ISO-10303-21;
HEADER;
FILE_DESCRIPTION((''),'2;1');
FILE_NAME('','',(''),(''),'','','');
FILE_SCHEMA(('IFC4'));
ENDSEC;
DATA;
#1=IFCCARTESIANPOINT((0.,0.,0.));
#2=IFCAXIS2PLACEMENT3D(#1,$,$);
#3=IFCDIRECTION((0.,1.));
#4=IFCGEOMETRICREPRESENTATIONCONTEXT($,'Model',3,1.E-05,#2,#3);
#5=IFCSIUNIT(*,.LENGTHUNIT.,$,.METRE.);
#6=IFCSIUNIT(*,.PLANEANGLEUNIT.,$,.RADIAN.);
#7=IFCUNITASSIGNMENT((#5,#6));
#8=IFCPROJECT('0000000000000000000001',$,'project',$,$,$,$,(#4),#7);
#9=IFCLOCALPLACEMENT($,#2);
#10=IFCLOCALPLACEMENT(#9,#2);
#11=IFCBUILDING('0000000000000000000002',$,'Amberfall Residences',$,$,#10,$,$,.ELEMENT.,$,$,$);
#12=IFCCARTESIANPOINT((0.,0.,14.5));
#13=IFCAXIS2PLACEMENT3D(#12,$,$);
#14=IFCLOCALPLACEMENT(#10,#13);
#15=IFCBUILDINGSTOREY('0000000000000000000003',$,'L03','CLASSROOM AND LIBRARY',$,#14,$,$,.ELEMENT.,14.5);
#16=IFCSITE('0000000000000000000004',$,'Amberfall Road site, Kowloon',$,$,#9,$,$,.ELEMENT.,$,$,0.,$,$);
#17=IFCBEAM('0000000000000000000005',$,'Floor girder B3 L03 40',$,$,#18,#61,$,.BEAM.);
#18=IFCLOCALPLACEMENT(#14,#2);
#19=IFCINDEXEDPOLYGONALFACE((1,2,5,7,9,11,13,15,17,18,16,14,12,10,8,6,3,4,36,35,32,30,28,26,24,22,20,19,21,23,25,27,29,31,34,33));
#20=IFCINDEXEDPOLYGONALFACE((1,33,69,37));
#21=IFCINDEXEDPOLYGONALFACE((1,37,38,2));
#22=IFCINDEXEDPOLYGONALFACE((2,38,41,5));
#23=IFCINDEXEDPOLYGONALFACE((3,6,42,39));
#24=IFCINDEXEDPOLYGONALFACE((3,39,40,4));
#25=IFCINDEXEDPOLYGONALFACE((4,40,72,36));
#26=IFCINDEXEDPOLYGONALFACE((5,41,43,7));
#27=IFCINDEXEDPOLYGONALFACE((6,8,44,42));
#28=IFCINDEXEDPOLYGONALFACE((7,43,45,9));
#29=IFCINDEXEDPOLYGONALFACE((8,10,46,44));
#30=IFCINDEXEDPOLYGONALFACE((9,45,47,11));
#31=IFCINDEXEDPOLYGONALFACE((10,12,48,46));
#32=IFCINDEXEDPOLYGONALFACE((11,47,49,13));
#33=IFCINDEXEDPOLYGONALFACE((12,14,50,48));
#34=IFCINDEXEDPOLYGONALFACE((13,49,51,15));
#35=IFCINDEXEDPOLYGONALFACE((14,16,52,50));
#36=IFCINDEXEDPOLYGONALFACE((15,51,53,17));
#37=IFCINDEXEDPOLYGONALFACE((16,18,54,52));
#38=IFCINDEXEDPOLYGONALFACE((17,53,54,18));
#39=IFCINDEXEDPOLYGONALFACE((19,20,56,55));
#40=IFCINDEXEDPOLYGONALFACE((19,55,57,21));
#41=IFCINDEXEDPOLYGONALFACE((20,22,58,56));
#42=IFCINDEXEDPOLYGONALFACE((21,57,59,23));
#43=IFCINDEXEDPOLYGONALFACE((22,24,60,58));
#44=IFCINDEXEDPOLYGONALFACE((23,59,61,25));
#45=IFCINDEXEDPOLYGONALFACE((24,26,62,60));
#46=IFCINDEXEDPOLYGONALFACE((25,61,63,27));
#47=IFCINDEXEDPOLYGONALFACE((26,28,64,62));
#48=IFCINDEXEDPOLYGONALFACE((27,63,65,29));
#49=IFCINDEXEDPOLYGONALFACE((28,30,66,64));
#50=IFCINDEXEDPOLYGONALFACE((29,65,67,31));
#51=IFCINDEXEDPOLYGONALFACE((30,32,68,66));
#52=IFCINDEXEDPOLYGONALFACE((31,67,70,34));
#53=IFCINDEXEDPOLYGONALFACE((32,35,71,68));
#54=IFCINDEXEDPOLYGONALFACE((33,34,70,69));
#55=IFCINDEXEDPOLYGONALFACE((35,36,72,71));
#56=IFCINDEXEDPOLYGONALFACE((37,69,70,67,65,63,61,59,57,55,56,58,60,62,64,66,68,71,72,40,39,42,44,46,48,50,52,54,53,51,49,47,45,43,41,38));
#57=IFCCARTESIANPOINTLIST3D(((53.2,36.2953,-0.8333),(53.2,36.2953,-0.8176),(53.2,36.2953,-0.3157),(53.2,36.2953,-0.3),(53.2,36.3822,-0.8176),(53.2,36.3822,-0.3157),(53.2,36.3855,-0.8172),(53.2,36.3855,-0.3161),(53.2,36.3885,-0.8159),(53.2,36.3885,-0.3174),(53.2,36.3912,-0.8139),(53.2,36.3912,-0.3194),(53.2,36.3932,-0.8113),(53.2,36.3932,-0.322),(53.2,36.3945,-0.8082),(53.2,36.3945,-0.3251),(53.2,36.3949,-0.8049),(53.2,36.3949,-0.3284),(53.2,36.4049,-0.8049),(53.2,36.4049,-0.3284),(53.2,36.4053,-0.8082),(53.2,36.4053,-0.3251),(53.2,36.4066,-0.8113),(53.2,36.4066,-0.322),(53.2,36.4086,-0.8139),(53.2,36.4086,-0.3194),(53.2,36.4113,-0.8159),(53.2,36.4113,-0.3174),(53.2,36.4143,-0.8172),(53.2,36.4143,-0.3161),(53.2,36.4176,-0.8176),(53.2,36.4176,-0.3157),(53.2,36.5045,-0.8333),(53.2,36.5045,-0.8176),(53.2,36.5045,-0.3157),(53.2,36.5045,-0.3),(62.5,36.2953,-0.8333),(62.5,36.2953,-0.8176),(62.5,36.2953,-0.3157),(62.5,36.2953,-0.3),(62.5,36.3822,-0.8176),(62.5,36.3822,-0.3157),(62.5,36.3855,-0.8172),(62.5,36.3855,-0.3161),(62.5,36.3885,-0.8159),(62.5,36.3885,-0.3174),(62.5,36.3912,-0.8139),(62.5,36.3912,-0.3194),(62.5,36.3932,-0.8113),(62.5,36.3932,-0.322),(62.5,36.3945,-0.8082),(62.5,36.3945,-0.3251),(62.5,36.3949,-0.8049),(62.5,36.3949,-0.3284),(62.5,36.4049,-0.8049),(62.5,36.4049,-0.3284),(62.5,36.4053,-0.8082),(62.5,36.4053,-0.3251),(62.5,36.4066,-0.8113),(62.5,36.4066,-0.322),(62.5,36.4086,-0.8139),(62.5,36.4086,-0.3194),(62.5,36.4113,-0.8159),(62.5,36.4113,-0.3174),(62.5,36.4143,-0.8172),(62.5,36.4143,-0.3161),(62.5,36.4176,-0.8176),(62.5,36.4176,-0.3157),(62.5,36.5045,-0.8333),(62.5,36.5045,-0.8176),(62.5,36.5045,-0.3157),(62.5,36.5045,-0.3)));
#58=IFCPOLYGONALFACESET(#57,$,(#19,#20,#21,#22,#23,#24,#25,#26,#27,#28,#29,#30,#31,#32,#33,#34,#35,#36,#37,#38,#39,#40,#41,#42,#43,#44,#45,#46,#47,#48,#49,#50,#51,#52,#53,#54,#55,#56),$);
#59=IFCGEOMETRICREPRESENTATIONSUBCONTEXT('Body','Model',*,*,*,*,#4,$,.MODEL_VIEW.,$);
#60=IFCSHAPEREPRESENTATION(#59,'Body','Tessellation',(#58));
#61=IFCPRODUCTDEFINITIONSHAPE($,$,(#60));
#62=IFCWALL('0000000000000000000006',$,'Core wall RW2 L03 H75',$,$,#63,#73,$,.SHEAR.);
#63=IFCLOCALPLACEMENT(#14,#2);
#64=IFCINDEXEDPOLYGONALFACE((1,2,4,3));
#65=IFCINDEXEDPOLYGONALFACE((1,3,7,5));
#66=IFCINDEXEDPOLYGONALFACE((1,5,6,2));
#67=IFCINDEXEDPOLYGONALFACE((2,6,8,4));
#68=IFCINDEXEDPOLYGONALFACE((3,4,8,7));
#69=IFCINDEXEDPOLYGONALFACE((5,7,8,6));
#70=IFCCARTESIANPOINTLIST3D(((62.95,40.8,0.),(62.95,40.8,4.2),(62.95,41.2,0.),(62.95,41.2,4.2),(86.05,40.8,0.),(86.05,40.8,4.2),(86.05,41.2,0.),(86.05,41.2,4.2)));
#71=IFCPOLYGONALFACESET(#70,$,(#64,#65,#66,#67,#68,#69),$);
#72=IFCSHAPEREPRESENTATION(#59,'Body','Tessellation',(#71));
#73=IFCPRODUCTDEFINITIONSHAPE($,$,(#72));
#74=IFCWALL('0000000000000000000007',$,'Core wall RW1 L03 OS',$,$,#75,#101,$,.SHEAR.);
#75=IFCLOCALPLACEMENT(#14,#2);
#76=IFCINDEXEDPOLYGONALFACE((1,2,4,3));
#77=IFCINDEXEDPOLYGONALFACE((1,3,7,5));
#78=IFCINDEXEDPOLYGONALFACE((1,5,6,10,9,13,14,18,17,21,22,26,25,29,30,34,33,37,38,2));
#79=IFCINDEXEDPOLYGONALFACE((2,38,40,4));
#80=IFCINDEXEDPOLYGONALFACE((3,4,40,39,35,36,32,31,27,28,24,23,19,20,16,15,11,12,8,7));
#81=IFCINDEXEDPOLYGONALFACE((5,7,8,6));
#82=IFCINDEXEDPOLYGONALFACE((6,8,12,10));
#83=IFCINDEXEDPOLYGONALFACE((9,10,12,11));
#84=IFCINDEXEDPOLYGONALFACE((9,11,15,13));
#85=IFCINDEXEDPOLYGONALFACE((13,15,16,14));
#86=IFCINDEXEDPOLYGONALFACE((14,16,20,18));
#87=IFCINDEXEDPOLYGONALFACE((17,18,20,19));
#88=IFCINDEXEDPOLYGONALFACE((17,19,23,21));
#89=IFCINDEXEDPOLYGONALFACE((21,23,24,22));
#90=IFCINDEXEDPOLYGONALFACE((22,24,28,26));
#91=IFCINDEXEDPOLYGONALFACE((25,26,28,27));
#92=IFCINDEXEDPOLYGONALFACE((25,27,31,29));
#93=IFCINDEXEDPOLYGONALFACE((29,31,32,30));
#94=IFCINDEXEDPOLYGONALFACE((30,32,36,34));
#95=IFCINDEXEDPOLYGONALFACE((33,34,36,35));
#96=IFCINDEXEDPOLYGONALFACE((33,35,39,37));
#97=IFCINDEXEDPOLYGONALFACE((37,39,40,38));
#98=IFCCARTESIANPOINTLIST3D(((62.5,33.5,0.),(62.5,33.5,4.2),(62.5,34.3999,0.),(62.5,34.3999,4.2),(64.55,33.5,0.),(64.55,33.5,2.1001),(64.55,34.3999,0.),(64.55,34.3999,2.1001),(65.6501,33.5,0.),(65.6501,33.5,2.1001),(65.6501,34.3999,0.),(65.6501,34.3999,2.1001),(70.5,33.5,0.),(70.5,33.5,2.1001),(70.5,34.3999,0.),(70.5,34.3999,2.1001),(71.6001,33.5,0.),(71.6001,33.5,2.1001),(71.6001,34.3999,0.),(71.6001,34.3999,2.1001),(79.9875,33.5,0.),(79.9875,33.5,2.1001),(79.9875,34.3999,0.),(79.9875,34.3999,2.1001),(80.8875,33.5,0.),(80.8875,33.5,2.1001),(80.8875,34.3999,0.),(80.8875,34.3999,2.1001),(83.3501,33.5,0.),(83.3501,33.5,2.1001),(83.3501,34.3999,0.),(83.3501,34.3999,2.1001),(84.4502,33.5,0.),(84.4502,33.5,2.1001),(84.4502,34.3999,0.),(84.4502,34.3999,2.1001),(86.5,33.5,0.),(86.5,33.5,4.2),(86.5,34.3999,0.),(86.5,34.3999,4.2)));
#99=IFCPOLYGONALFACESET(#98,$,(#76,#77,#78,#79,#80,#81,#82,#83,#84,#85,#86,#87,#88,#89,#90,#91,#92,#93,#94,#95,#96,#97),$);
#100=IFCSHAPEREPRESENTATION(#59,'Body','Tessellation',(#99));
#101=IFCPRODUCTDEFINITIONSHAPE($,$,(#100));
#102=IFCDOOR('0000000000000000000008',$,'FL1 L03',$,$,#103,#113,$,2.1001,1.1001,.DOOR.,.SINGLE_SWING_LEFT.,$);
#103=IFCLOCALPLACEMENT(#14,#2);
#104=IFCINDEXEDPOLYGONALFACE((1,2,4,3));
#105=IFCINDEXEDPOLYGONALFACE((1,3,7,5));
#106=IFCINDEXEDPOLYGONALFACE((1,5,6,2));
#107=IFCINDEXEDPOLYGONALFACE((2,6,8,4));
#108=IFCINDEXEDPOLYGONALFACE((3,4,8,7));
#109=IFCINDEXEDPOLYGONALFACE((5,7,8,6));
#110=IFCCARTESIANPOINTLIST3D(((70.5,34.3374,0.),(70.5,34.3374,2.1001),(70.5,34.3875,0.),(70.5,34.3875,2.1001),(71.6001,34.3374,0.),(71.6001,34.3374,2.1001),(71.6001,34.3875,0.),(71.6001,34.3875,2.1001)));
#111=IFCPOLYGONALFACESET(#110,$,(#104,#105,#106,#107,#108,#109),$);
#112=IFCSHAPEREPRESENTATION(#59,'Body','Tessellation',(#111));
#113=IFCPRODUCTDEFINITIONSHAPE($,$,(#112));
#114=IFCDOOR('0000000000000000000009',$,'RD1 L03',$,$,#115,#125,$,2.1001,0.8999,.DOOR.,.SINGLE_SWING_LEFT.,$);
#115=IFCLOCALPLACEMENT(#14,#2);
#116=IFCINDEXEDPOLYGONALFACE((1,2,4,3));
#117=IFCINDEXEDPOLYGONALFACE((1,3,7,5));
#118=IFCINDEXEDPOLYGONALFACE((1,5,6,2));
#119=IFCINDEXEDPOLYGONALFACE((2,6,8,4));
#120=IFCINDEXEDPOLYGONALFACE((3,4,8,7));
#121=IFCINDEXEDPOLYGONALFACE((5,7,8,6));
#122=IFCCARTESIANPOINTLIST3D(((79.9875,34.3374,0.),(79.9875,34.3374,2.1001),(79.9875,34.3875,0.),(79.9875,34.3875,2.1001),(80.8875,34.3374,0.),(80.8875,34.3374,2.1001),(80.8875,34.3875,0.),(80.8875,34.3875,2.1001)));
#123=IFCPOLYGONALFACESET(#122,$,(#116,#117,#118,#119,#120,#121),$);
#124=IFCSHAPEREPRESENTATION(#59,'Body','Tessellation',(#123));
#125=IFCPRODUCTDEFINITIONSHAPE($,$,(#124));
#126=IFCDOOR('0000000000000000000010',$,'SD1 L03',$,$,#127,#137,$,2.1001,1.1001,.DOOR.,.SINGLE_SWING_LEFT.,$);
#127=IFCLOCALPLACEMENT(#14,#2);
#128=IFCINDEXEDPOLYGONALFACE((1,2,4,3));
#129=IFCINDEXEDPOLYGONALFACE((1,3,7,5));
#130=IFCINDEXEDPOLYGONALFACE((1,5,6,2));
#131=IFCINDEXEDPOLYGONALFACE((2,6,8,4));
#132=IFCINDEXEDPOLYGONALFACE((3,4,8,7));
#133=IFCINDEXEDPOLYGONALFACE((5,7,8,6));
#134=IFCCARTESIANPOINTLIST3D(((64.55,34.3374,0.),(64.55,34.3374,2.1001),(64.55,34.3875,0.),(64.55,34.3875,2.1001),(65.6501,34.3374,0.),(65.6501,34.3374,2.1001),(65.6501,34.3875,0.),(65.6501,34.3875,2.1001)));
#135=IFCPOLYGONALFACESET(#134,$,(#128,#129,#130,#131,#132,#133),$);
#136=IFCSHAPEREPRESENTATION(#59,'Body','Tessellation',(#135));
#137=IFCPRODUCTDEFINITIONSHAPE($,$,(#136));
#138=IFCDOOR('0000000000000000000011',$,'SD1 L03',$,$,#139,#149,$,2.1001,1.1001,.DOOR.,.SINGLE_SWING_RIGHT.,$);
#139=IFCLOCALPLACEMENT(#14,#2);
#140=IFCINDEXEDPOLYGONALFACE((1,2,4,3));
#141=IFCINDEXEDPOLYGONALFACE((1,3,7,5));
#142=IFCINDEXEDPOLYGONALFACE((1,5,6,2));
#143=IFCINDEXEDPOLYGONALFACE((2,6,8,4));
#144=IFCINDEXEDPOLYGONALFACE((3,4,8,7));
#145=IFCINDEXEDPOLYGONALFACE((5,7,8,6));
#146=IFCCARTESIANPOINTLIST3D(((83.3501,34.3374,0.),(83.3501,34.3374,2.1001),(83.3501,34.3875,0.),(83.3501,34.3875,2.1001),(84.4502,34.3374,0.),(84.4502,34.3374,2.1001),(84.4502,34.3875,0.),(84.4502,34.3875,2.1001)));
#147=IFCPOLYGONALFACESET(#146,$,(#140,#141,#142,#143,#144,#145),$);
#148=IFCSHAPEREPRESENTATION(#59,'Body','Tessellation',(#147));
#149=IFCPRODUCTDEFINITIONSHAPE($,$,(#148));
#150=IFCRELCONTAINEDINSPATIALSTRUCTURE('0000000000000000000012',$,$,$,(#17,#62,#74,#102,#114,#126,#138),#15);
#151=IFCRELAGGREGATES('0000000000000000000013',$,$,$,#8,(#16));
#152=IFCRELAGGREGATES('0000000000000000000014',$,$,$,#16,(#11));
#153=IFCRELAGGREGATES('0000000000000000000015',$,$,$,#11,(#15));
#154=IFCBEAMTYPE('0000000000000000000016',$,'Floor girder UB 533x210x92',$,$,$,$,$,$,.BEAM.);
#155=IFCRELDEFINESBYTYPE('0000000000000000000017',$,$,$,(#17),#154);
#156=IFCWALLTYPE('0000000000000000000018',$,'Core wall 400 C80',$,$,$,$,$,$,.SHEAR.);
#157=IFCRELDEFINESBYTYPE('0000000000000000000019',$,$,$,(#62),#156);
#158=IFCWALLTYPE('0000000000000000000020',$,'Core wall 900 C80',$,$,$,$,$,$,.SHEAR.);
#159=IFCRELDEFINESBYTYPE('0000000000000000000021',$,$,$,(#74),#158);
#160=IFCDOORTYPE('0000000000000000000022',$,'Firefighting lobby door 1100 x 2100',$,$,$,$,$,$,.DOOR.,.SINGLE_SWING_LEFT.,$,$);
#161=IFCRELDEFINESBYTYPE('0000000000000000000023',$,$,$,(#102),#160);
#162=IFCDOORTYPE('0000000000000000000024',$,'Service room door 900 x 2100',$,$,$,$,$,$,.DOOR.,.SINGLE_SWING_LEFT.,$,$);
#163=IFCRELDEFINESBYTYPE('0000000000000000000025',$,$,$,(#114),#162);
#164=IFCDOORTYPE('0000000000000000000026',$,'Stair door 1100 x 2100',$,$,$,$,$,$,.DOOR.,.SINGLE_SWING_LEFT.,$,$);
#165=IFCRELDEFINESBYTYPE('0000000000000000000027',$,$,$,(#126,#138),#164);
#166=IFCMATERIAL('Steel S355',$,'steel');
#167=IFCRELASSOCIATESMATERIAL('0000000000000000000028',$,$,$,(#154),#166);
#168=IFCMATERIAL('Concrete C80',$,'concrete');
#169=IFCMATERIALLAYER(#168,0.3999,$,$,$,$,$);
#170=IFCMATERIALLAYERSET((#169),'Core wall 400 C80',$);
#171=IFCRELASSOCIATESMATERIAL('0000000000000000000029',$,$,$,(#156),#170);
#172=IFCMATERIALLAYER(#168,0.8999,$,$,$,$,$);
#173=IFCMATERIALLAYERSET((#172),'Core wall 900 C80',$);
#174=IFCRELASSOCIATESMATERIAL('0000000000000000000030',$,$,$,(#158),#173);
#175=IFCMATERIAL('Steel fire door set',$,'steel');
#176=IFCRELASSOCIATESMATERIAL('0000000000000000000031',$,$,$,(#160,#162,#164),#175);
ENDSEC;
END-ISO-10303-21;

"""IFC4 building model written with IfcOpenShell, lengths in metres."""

from ifc_helpers import new_model, si_unit, direction, frame, frame_2d, origin, origin_2d, place, context, subcontext, project, spatial, rectangle, i_section, extrude, material, layer, layer_set, material_profile, profile_set, type_object, element, fill, save


model = new_model("IFC4")

# Units and contexts
model_context = context("Model", 3, precision=1e-05, world=origin(), true_north=direction((0.0, 1.0)))
body_context = subcontext(model_context, "Body", "Model", "MODEL_VIEW")
ifc_project = project(units=[si_unit("LENGTHUNIT", "METRE"), si_unit("PLANEANGLEUNIT", "RADIAN")], contexts=[model_context])

# Site, building, storey
site_placement = place(None, origin())
site = spatial("IfcSite", under=ifc_project, at=site_placement, Name="Amberfall Road site, Kowloon", CompositionType="ELEMENT", RefElevation=0.0)
building_placement = place(site_placement, origin())
building = spatial("IfcBuilding", under=site, at=building_placement, Name="Amberfall Residences", CompositionType="ELEMENT")
storey_placement = place(building_placement, frame((0.0, 0.0, 14.5)))
storey = spatial("IfcBuildingStorey", under=building, at=storey_placement, Name="L03", Description="CLASSROOM AND LIBRARY", CompositionType="ELEMENT", Elevation=14.5)

# Shared definitions
ifc_material_1 = material(Name="Concrete C80", Category="concrete")

# Beam
ifc_material_2 = material(Name="Steel S355", Category="steel")
ifc_material_profile_1 = material_profile(ifc_material_2, i_section(OverallWidth=0.2092, OverallDepth=0.5332, WebThickness=0.01, FlangeThickness=0.0156, FilletRadius=0.0127, at=origin_2d()), Name="UB 533x210x92")
ifc_profile_set_1 = profile_set([ifc_material_profile_1], Name="Steel S355")
beam_type_1 = type_object("IfcBeamType", Name="Floor girder UB 533x210x92", PredefinedType="BEAM", material=ifc_profile_set_1)
beam_1_placement = place(storey_placement, frame((53.2, 36.3999, -0.5667), z_axis=(1.0, 0.0, 0.0), x_axis=(0.0, 1.0, 0.0)))
element("IfcBeam", 1, at=beam_1_placement, inside=storey, type_object=beam_type_1, Name="Floor girder B3 L03 40", PredefinedType="BEAM", context=body_context, shape_type="SweptSolid", body=[
    extrude(i_section(OverallWidth=0.2092, OverallDepth=0.5332, WebThickness=0.01, FlangeThickness=0.0156, FilletRadius=0.0127, at=origin_2d()), origin(), (0.0, 0.0, 1.0), 9.3),
])

# Wall
ifc_layer_1 = layer(ifc_material_1, 0.3999)
ifc_layer_set_1 = layer_set([ifc_layer_1], Name="Core wall 400 C80")
wall_type_1 = type_object("IfcWallType", Name="Core wall 400 C80", PredefinedType="SHEAR", material=ifc_layer_set_1)
wall_1_placement = place(storey_placement, frame((62.95, 41.0, 0.0), z_axis=(0.0, 0.0, 1.0), x_axis=(1.0, 0.0, 0.0)))
element("IfcWall", 2, at=wall_1_placement, inside=storey, type_object=wall_type_1, Name="Core wall RW2 L03 H75", PredefinedType="SHEAR", context=body_context, shape_type="SweptSolid", body=[
    extrude(rectangle(XDim=23.1001, YDim=0.3999, at=frame_2d((11.55, 0.0))), origin(), (0.0, 0.0, 1.0), 4.2),
])

# Wall, openings, doors
ifc_layer_2 = layer(ifc_material_1, 0.8999)
ifc_layer_set_2 = layer_set([ifc_layer_2], Name="Core wall 900 C80")
wall_type_2 = type_object("IfcWallType", Name="Core wall 900 C80", PredefinedType="SHEAR", material=ifc_layer_set_2)
wall_2_placement = place(storey_placement, frame((62.5, 33.95, 0.0), z_axis=(0.0, 0.0, 1.0), x_axis=(1.0, 0.0, 0.0)))
wall_2 = element("IfcWall", 3, at=wall_2_placement, inside=storey, type_object=wall_type_2, Name="Core wall RW1 L03 OS", PredefinedType="SHEAR", context=body_context, shape_type="SweptSolid", body=[
    extrude(rectangle(XDim=24.0, YDim=0.8999, at=frame_2d((12.0, 0.0))), origin(), (0.0, 0.0, 1.0), 4.2),
])
opening_1_placement = place(wall_2_placement, frame((2.05, 0.0, 0.0)))
opening_1 = element("IfcOpeningElement", 4, at=opening_1_placement, cuts=wall_2, PredefinedType="OPENING", context=body_context, shape_type="SweptSolid", body=[
    extrude(rectangle(XDim=1.1001, YDim=2.1001, at=frame_2d((0.55, 1.05))), frame((0.0, 0.46, 0.0), z_axis=(0.0, -1.0, 0.0), x_axis=(1.0, 0.0, 0.0)), (0.0, 0.0, 1.0), 0.9199),
])
opening_2_placement = place(wall_2_placement, frame((20.8501, 0.0, 0.0)))
opening_2 = element("IfcOpeningElement", 5, at=opening_2_placement, cuts=wall_2, PredefinedType="OPENING", context=body_context, shape_type="SweptSolid", body=[
    extrude(rectangle(XDim=1.1001, YDim=2.1001, at=frame_2d((0.55, 1.05))), frame((0.0, 0.46, 0.0), z_axis=(0.0, -1.0, 0.0), x_axis=(1.0, 0.0, 0.0)), (0.0, 0.0, 1.0), 0.9199),
])
opening_3_placement = place(wall_2_placement, frame((8.0, 0.0, 0.0)))
opening_3 = element("IfcOpeningElement", 6, at=opening_3_placement, cuts=wall_2, PredefinedType="OPENING", context=body_context, shape_type="SweptSolid", body=[
    extrude(rectangle(XDim=1.1001, YDim=2.1001, at=frame_2d((0.55, 1.05))), frame((0.0, 0.46, 0.0), z_axis=(0.0, -1.0, 0.0), x_axis=(1.0, 0.0, 0.0)), (0.0, 0.0, 1.0), 0.9199),
])
opening_4_placement = place(wall_2_placement, frame((17.4875, 0.0, 0.0)))
opening_4 = element("IfcOpeningElement", 7, at=opening_4_placement, cuts=wall_2, PredefinedType="OPENING", context=body_context, shape_type="SweptSolid", body=[
    extrude(rectangle(XDim=0.8999, YDim=2.1001, at=frame_2d((0.45, 1.05))), frame((0.0, 0.46, 0.0), z_axis=(0.0, -1.0, 0.0), x_axis=(1.0, 0.0, 0.0)), (0.0, 0.0, 1.0), 0.9199),
])
ifc_material_3 = material(Name="Steel fire door set", Category="steel")
door_type_1 = type_object("IfcDoorType", Name="Firefighting lobby door 1100 x 2100", OperationType="SINGLE_SWING_LEFT", PredefinedType="DOOR", material=ifc_material_3)
door_1_placement = place(opening_3_placement, origin())
door_1 = element("IfcDoor", 8, at=door_1_placement, inside=storey, type_object=door_type_1, Name="FL1 L03", OperationType="SINGLE_SWING_LEFT", OverallHeight=2.1001, OverallWidth=1.1001, PredefinedType="DOOR", context=body_context, shape_type="SweptSolid", body=[
    extrude(rectangle(XDim=1.1001, YDim=2.1001, at=frame_2d((0.55, 1.05))), frame((0.0, 0.4375, 0.0), z_axis=(0.0, -1.0, 0.0), x_axis=(1.0, 0.0, 0.0)), (0.0, 0.0, 1.0), 0.05),
])
fill(opening_3, door_1)
door_type_2 = type_object("IfcDoorType", Name="Service room door 900 x 2100", OperationType="SINGLE_SWING_LEFT", PredefinedType="DOOR", material=ifc_material_3)
door_2_placement = place(opening_4_placement, origin())
door_2 = element("IfcDoor", 9, at=door_2_placement, inside=storey, type_object=door_type_2, Name="RD1 L03", OperationType="SINGLE_SWING_LEFT", OverallHeight=2.1001, OverallWidth=0.8999, PredefinedType="DOOR", context=body_context, shape_type="SweptSolid", body=[
    extrude(rectangle(XDim=0.8999, YDim=2.1001, at=frame_2d((0.45, 1.05))), frame((0.0, 0.4375, 0.0), z_axis=(0.0, -1.0, 0.0), x_axis=(1.0, 0.0, 0.0)), (0.0, 0.0, 1.0), 0.05),
])
fill(opening_4, door_2)
door_type_3 = type_object("IfcDoorType", Name="Stair door 1100 x 2100", OperationType="SINGLE_SWING_LEFT", PredefinedType="DOOR", material=ifc_material_3)
door_3_placement = place(opening_1_placement, origin())
door_3 = element("IfcDoor", 10, at=door_3_placement, inside=storey, type_object=door_type_3, Name="SD1 L03", OperationType="SINGLE_SWING_LEFT", OverallHeight=2.1001, OverallWidth=1.1001, PredefinedType="DOOR", context=body_context, shape_type="SweptSolid", body=[
    extrude(rectangle(XDim=1.1001, YDim=2.1001, at=frame_2d((0.55, 1.05))), frame((0.0, 0.4375, 0.0), z_axis=(0.0, -1.0, 0.0), x_axis=(1.0, 0.0, 0.0)), (0.0, 0.0, 1.0), 0.05),
])
fill(opening_1, door_3)
door_4_placement = place(opening_2_placement, origin())
door_4 = element("IfcDoor", 11, at=door_4_placement, inside=storey, type_object=door_type_3, Name="SD1 L03", OperationType="SINGLE_SWING_RIGHT", OverallHeight=2.1001, OverallWidth=1.1001, PredefinedType="DOOR", context=body_context, shape_type="SweptSolid", body=[
    extrude(rectangle(XDim=1.1001, YDim=2.1001, at=frame_2d((0.55, 1.05))), frame((0.0, 0.4375, 0.0), z_axis=(0.0, -1.0, 0.0), x_axis=(1.0, 0.0, 0.0)), (0.0, 0.0, 1.0), 0.05),
])
fill(opening_2, door_4)

save(model, "model.ifc")
